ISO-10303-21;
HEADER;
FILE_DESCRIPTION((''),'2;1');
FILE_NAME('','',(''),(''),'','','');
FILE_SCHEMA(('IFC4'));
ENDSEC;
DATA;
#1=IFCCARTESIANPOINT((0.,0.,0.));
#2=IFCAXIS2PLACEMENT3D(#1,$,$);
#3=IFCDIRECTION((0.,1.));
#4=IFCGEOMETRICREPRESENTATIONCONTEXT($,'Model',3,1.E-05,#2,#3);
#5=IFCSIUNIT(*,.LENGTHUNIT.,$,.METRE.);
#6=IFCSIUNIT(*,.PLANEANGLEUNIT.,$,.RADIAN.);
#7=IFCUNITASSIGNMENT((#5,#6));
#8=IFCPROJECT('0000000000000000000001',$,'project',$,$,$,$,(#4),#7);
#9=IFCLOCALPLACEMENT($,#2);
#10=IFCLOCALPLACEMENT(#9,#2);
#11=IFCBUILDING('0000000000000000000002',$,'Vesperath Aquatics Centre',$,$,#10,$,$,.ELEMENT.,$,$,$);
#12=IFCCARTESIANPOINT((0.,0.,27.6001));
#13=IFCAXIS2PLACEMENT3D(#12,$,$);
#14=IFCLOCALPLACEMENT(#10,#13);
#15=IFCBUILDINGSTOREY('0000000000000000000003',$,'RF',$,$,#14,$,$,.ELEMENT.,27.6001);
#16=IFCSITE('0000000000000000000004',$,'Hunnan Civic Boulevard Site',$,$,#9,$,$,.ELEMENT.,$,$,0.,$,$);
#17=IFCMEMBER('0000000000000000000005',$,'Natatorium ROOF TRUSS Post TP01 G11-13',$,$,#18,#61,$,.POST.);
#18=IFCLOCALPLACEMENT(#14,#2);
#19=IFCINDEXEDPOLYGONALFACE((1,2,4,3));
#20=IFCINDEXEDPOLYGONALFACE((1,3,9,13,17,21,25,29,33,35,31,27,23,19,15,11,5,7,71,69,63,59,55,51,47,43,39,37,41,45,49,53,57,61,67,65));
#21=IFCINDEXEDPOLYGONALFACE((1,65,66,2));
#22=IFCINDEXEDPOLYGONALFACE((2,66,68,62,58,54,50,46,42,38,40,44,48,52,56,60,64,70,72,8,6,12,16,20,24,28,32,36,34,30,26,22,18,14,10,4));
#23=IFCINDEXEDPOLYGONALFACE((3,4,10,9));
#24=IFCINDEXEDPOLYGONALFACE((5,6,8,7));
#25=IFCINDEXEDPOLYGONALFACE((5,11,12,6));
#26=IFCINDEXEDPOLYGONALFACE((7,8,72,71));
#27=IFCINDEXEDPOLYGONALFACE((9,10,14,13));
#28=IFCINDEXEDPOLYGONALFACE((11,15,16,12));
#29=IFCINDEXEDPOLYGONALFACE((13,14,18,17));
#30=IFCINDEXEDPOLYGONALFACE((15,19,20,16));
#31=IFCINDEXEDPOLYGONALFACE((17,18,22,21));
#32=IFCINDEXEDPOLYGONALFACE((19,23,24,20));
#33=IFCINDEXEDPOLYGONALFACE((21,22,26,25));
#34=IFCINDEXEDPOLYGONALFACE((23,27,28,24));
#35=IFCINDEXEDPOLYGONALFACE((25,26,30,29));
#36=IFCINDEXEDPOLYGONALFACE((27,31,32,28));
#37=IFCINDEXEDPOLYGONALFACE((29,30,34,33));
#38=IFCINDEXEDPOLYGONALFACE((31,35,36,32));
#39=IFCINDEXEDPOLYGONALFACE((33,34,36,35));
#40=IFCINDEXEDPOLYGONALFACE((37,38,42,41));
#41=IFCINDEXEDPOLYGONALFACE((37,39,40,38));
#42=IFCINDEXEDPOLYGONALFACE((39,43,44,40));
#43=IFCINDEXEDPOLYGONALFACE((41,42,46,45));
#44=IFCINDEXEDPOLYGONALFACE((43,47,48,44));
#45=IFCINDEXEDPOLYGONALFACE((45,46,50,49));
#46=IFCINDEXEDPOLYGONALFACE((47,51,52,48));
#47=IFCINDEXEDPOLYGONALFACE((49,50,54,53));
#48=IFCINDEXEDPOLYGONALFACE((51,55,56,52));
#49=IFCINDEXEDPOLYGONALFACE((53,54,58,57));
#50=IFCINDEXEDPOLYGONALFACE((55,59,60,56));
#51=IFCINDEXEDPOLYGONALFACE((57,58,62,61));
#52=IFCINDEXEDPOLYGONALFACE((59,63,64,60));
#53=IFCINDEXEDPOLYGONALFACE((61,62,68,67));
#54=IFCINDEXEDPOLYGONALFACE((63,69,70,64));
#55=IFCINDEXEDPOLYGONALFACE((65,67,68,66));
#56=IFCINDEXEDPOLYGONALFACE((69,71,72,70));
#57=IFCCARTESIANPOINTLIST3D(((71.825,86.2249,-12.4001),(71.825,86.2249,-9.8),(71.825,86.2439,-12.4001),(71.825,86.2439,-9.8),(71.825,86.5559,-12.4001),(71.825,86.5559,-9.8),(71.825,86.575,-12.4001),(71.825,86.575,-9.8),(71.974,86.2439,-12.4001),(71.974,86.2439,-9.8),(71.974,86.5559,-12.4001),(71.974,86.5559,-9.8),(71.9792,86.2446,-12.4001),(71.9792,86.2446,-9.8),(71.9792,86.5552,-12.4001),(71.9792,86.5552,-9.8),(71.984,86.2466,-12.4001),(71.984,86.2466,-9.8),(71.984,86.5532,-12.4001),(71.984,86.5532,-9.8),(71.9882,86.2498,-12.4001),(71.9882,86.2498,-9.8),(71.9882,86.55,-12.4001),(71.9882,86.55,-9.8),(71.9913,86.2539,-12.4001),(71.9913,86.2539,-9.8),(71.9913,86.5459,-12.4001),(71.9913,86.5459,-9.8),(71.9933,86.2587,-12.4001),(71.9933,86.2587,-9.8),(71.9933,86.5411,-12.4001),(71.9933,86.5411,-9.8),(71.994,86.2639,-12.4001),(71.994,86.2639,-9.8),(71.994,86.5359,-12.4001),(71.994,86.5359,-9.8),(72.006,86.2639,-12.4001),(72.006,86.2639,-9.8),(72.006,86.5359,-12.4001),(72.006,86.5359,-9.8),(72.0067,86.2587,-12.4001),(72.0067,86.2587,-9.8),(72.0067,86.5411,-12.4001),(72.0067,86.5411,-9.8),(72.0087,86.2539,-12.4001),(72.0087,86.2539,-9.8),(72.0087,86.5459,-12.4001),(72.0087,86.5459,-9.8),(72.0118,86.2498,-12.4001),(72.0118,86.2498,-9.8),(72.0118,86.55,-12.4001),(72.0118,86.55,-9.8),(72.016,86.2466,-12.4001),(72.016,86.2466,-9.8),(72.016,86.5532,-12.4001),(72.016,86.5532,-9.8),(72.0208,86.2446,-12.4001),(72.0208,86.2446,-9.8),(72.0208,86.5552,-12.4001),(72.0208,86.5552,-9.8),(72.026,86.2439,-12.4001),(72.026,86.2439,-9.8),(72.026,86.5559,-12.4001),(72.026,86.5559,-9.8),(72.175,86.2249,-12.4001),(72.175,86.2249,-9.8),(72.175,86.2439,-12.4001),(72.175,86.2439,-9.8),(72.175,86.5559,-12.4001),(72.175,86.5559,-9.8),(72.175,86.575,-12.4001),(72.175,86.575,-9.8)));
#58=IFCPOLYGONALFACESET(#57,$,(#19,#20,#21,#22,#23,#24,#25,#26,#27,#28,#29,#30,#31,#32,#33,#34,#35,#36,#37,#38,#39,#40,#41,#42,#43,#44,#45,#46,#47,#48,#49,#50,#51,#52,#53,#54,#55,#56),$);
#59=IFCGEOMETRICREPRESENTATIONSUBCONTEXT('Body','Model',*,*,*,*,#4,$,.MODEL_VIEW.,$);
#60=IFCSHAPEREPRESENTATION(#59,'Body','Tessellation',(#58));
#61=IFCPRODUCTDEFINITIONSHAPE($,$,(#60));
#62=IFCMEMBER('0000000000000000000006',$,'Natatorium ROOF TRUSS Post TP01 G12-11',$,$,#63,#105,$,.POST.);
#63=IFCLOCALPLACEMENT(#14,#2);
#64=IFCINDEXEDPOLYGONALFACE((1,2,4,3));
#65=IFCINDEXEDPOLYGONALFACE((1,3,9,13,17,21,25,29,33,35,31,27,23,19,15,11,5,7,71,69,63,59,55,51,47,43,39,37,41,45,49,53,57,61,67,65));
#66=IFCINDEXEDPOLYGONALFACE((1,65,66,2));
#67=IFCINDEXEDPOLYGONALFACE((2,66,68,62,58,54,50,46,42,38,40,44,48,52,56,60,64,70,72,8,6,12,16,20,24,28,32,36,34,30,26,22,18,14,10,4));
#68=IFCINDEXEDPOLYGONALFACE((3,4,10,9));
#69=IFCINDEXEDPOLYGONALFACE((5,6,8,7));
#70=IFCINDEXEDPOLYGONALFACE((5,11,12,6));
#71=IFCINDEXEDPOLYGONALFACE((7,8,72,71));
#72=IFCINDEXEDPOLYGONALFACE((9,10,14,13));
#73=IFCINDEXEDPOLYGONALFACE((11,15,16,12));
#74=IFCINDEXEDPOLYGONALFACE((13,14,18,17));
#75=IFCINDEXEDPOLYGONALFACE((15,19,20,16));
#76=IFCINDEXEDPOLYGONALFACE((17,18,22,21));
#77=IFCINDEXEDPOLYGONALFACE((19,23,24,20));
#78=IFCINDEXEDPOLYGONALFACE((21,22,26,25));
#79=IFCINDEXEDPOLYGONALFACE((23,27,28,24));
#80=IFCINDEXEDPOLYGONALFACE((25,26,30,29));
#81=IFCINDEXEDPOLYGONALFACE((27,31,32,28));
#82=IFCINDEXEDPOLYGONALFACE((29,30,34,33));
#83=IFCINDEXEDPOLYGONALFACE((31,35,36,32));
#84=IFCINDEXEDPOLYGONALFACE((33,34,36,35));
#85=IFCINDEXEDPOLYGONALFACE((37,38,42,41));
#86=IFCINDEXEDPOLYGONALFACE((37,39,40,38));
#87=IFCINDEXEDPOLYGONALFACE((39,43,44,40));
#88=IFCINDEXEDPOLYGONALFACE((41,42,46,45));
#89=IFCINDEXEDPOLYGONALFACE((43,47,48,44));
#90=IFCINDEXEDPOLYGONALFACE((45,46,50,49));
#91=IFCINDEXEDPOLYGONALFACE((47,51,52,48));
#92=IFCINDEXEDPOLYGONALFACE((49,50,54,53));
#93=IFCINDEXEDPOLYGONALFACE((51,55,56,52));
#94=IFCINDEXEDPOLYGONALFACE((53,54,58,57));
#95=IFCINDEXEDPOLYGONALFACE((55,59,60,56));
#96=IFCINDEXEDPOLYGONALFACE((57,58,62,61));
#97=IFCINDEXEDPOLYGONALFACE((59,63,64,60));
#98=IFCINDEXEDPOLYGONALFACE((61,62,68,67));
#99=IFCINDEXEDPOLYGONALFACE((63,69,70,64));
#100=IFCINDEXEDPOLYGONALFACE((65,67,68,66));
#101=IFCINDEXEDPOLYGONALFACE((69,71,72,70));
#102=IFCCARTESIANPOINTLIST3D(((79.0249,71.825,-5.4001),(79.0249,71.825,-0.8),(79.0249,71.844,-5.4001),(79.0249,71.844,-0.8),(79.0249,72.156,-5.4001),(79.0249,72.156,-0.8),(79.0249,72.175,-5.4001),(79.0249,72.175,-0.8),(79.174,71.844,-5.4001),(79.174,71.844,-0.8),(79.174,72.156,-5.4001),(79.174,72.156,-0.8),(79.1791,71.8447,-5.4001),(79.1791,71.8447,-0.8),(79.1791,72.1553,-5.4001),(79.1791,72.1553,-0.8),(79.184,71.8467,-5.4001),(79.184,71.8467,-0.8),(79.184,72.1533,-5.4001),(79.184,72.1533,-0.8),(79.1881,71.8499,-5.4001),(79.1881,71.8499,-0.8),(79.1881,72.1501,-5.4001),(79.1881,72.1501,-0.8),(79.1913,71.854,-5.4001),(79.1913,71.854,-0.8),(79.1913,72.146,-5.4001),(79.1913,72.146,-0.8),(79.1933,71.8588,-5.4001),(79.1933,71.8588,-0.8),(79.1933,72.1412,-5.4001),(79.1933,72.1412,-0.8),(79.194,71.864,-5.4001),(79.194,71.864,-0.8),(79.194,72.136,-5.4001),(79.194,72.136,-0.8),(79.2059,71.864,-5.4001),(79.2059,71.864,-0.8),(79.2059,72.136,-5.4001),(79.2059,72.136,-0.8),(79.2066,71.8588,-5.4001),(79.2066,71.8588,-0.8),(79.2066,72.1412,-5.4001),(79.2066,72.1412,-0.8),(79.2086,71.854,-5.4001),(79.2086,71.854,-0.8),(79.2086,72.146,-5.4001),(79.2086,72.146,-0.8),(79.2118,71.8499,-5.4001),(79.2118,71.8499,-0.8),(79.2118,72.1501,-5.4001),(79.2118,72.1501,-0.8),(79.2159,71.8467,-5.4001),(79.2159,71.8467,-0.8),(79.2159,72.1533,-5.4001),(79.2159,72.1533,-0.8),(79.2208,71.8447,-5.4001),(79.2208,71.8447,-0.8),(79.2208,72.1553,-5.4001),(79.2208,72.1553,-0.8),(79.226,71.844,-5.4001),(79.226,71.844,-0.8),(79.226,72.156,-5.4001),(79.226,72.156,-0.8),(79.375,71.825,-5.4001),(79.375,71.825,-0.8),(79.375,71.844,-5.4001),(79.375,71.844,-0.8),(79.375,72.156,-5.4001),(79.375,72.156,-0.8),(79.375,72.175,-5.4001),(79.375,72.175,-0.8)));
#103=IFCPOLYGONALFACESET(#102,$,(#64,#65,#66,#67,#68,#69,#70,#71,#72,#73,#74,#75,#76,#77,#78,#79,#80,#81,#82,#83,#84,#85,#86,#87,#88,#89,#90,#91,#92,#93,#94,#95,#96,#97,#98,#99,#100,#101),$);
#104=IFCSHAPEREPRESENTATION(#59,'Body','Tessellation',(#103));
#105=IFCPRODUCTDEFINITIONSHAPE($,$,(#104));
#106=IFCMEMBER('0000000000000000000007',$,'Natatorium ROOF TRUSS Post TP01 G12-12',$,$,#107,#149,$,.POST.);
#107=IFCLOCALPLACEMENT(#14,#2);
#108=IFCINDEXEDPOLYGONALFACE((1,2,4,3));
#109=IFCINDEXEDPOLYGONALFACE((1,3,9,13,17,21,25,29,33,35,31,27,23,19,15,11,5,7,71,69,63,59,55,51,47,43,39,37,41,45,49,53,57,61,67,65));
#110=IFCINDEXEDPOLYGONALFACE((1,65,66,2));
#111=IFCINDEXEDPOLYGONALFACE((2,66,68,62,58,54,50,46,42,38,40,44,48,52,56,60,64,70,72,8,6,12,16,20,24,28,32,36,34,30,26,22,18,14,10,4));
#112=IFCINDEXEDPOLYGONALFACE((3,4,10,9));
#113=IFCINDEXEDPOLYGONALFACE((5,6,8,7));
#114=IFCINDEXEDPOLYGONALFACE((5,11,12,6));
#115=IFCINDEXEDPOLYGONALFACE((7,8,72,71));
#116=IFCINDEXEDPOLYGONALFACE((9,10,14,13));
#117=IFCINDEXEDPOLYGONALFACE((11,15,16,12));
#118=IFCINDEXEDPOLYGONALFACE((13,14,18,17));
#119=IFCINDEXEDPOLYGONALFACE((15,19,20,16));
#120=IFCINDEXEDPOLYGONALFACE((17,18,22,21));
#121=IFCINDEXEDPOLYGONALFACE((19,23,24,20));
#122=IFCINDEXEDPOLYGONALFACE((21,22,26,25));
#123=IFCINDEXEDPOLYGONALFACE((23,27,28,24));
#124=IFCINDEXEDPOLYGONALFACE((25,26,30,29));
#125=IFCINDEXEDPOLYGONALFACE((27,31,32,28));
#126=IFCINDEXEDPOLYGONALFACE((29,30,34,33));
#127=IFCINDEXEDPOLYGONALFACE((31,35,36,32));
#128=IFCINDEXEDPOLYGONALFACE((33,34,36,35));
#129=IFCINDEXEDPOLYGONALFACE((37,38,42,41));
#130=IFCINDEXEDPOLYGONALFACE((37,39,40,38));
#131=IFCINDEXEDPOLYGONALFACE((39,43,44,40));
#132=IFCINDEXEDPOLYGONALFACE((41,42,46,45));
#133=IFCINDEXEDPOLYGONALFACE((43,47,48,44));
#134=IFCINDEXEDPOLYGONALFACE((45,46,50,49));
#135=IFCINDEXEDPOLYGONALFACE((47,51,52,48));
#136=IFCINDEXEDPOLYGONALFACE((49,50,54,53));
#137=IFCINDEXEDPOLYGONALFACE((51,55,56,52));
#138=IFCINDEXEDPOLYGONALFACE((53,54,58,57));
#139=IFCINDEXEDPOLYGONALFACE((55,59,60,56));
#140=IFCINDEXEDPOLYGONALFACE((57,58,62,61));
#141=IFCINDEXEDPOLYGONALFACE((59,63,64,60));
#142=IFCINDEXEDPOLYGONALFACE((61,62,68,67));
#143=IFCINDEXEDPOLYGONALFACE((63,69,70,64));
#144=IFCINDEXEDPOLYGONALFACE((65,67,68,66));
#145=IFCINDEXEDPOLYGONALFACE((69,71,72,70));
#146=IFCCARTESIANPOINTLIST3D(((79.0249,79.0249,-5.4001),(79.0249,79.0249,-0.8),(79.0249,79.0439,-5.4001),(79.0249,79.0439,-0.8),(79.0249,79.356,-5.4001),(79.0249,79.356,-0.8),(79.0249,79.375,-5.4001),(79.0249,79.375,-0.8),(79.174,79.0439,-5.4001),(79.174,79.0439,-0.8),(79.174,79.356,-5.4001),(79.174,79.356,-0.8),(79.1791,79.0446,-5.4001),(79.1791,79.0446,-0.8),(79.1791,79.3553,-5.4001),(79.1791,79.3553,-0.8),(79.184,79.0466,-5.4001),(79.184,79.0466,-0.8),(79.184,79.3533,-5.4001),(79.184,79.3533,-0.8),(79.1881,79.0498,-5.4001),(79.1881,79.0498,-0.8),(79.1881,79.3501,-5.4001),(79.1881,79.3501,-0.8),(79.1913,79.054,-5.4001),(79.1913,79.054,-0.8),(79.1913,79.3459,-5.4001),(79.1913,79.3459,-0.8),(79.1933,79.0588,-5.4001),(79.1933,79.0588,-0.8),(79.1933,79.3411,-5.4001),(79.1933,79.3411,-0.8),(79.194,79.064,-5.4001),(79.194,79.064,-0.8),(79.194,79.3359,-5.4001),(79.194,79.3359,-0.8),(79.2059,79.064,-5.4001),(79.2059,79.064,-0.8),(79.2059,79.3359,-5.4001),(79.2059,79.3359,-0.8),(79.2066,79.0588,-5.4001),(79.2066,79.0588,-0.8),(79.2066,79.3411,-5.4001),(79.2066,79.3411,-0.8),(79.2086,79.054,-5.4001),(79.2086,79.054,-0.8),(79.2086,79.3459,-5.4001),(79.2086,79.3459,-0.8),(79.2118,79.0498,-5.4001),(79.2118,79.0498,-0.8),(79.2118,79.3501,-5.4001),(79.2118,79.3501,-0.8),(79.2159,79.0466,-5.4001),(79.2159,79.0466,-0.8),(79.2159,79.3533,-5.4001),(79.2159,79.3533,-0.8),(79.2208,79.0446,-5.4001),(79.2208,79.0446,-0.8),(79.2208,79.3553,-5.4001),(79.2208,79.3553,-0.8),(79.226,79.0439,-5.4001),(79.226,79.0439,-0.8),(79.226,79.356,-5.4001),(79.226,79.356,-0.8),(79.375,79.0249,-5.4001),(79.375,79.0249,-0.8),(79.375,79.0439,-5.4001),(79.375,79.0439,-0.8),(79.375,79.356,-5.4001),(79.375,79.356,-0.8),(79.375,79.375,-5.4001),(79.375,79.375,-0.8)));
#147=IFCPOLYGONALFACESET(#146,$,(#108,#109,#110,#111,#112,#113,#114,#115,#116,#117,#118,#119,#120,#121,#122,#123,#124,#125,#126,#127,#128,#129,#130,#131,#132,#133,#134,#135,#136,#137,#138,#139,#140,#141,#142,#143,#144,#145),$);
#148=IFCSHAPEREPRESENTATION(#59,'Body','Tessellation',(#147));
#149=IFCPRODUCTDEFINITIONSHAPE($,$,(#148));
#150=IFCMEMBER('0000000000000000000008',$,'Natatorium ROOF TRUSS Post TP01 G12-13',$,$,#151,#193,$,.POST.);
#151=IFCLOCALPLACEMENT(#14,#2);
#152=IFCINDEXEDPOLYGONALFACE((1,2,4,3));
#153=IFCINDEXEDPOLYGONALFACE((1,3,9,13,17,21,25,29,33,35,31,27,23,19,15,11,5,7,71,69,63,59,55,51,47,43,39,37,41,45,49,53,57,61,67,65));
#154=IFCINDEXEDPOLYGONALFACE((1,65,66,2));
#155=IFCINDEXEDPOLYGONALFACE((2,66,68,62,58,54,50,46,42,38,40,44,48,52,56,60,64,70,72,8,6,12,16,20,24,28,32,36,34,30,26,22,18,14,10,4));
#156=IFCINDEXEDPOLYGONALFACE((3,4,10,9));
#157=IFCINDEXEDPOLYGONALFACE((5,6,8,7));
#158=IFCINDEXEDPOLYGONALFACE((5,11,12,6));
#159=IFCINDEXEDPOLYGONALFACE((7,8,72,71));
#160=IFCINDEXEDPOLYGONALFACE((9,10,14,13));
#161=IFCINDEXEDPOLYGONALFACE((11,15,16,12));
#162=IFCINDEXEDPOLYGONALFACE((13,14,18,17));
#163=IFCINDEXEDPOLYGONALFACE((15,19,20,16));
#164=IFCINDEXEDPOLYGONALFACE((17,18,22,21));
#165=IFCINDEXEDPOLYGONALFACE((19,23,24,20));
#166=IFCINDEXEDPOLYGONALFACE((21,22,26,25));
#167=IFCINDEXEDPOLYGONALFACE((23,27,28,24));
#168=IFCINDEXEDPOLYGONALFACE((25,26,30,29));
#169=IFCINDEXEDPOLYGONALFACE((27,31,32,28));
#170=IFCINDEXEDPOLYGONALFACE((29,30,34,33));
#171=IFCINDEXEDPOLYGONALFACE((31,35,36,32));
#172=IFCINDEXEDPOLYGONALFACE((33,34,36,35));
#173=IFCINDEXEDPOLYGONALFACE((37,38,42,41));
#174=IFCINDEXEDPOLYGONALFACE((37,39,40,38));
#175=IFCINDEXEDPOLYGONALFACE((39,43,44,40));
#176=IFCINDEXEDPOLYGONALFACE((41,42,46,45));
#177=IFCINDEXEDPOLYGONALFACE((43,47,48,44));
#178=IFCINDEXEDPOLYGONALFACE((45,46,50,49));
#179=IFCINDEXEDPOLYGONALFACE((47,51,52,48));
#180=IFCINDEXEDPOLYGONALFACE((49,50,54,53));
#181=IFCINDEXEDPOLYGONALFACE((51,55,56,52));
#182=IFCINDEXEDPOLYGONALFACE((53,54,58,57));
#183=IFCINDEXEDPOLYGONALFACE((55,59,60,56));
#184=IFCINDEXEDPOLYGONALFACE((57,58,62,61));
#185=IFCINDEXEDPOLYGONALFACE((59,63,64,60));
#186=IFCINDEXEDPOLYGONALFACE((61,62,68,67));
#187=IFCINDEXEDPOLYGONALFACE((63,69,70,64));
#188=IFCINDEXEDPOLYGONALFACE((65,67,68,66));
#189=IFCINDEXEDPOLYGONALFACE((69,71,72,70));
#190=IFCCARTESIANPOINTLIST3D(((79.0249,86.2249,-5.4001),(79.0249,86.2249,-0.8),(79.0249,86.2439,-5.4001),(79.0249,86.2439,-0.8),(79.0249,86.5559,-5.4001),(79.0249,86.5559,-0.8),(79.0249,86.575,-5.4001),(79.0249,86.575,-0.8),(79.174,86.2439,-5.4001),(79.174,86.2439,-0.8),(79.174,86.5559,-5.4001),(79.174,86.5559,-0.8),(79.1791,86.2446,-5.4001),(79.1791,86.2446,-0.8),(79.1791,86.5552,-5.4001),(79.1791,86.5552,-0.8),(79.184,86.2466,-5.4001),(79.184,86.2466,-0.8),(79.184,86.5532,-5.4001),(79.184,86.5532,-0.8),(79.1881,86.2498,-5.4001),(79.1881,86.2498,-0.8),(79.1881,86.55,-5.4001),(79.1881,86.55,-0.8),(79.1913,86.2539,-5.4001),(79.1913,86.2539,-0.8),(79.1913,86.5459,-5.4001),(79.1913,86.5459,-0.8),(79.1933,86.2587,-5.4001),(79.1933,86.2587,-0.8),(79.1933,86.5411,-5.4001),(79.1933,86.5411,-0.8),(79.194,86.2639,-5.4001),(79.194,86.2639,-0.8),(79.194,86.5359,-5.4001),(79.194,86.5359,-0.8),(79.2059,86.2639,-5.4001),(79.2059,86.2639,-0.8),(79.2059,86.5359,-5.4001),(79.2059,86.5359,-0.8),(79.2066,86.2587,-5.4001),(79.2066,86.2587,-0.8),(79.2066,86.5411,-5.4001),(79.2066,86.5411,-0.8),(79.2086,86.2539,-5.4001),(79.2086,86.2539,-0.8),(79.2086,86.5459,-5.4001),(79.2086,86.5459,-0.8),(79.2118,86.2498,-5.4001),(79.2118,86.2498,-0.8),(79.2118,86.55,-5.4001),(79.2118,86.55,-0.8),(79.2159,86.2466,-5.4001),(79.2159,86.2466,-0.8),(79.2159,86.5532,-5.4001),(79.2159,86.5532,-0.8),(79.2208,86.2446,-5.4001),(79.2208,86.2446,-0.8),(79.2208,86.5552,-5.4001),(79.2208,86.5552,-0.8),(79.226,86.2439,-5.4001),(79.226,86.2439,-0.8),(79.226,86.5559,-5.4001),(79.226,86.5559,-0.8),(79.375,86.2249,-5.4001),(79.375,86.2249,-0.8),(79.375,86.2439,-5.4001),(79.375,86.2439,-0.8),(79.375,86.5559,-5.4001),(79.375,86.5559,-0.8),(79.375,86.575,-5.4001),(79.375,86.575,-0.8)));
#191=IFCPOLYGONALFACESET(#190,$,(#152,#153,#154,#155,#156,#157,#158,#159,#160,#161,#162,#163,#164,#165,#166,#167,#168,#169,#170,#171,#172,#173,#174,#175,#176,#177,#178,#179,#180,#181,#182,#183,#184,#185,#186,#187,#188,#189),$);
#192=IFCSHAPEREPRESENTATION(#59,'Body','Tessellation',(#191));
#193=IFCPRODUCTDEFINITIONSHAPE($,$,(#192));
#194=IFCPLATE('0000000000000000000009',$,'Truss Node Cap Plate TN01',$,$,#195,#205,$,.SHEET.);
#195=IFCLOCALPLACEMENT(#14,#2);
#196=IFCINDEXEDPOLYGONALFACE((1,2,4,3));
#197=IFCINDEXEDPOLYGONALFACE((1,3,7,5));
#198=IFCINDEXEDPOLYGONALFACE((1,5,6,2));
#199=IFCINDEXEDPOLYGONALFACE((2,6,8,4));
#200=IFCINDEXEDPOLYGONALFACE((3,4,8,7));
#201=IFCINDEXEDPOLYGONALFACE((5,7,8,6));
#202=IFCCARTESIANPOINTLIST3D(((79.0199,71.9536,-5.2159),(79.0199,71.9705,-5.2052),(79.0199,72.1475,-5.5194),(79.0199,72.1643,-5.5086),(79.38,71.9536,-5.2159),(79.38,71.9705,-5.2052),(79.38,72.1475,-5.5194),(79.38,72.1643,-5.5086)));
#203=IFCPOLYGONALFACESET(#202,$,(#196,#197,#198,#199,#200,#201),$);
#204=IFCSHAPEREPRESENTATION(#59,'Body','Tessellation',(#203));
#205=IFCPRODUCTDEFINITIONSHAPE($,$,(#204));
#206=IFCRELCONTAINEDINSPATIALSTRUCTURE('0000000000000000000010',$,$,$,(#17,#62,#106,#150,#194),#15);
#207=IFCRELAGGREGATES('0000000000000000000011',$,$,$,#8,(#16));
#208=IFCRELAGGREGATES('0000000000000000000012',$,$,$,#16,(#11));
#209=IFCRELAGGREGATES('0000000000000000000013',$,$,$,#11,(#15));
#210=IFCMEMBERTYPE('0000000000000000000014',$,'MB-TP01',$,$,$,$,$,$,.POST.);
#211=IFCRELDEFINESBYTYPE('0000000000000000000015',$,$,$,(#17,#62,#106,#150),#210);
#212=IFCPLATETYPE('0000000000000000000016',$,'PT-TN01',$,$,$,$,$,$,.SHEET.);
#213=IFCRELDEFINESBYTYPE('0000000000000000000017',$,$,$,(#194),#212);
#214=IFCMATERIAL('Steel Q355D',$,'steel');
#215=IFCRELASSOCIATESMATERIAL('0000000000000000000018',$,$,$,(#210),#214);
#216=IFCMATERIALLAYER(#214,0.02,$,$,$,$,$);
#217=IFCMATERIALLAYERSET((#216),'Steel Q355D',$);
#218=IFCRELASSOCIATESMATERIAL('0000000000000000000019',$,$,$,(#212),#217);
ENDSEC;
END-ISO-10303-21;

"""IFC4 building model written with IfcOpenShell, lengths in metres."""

from ifc_helpers import new_model, si_unit, direction, frame, origin, origin_2d, place, context, subcontext, project, spatial, rectangle, i_section, extrude, material, layer, layer_set, material_profile, profile_set, type_object, element, save


model = new_model("IFC4")

# Units and contexts
model_context = context("Model", 3, precision=1e-05, world=origin(), true_north=direction((0.0, 1.0)))
body_context = subcontext(model_context, "Body", "Model", "MODEL_VIEW")
ifc_project = project(units=[si_unit("LENGTHUNIT", "METRE"), si_unit("PLANEANGLEUNIT", "RADIAN")], contexts=[model_context])

# Site, building, storey
site_placement = place(None, origin())
site = spatial("IfcSite", under=ifc_project, at=site_placement, Name="Hunnan Civic Boulevard Site", CompositionType="ELEMENT", RefElevation=0.0)
building_placement = place(site_placement, origin())
building = spatial("IfcBuilding", under=site, at=building_placement, Name="Vesperath Aquatics Centre", CompositionType="ELEMENT")
storey_placement = place(building_placement, frame((0.0, 0.0, 27.6001)))
storey = spatial("IfcBuildingStorey", under=building, at=storey_placement, Name="RF", CompositionType="ELEMENT", Elevation=27.6001)

# Members
ifc_material_1 = material(Name="Steel Q355D", Category="steel")
ifc_material_profile_1 = material_profile(ifc_material_1, i_section(OverallWidth=0.3501, OverallDepth=0.3501, WebThickness=0.012, FlangeThickness=0.019, FilletRadius=0.02, at=origin_2d()), Name="HW 350x350x12x19")
ifc_profile_set_1 = profile_set([ifc_material_profile_1], Name="Steel Q355D")
member_type_1 = type_object("IfcMemberType", Name="MB-TP01", PredefinedType="POST", material=ifc_profile_set_1)
member_placement = place(storey_placement, frame((72.0, 86.3999, -12.4001), z_axis=(0.0, 0.0, 1.0), x_axis=(1.0, 0.0, 0.0)))
element("IfcMember", 1, at=member_placement, inside=storey, type_object=member_type_1, Name="Natatorium ROOF TRUSS Post TP01 G11-13", PredefinedType="POST", context=body_context, shape_type="SweptSolid", body=[
    extrude(i_section(OverallWidth=0.3501, OverallDepth=0.3501, WebThickness=0.012, FlangeThickness=0.019, FilletRadius=0.02, at=origin_2d()), origin(), (0.0, 0.0, 1.0), 2.6001),
])
for number, where, z_axis, x_axis, name in (
    (2, (79.2, 72.0, -5.4001), (0.0, 0.0, 1.0), (1.0, 0.0, 0.0), "Natatorium ROOF TRUSS Post TP01 G12-11"),
    (3, (79.2, 79.2, -5.4001), (0.0, 0.0, 1.0), (1.0, 0.0, 0.0), "Natatorium ROOF TRUSS Post TP01 G12-12"),
    (4, (79.2, 86.3999, -5.4001), (0.0, 0.0, 1.0), (1.0, 0.0, 0.0), "Natatorium ROOF TRUSS Post TP01 G12-13"),
):
    element("IfcMember", number, at=place(storey_placement, frame(where, z_axis=z_axis, x_axis=x_axis)), inside=storey, type_object=member_type_1, Name=name, PredefinedType="POST", context=body_context, shape_type="SweptSolid", body=[
        extrude(i_section(OverallWidth=0.3501, OverallDepth=0.3501, WebThickness=0.012, FlangeThickness=0.019, FilletRadius=0.02, at=origin_2d()), origin(), (0.0, 0.0, 1.0), 4.6001),
    ])

# Plate
ifc_layer_1 = layer(ifc_material_1, 0.02)
ifc_layer_set_1 = layer_set([ifc_layer_1], Name="Steel Q355D")
plate_type_1 = type_object("IfcPlateType", Name="PT-TN01", PredefinedType="SHEET", material=ifc_layer_set_1)
for number, where, z_axis, x_axis, name in (
    (5, (79.2, 72.0505, -5.3677), (0.0, 0.842696, 0.538389), (-1.0, 0.0, 0.0), "Truss Node Cap Plate TN01"),
):
    element("IfcPlate", number, at=place(storey_placement, frame(where, z_axis=z_axis, x_axis=x_axis)), inside=storey, type_object=plate_type_1, Name=name, PredefinedType="SHEET", context=body_context, shape_type="SweptSolid", body=[
        extrude(rectangle(XDim=0.3601, YDim=0.3601, at=origin_2d()), origin(), (0.0, 0.0, 1.0), 0.02),
    ])

save(model, "model.ifc")
